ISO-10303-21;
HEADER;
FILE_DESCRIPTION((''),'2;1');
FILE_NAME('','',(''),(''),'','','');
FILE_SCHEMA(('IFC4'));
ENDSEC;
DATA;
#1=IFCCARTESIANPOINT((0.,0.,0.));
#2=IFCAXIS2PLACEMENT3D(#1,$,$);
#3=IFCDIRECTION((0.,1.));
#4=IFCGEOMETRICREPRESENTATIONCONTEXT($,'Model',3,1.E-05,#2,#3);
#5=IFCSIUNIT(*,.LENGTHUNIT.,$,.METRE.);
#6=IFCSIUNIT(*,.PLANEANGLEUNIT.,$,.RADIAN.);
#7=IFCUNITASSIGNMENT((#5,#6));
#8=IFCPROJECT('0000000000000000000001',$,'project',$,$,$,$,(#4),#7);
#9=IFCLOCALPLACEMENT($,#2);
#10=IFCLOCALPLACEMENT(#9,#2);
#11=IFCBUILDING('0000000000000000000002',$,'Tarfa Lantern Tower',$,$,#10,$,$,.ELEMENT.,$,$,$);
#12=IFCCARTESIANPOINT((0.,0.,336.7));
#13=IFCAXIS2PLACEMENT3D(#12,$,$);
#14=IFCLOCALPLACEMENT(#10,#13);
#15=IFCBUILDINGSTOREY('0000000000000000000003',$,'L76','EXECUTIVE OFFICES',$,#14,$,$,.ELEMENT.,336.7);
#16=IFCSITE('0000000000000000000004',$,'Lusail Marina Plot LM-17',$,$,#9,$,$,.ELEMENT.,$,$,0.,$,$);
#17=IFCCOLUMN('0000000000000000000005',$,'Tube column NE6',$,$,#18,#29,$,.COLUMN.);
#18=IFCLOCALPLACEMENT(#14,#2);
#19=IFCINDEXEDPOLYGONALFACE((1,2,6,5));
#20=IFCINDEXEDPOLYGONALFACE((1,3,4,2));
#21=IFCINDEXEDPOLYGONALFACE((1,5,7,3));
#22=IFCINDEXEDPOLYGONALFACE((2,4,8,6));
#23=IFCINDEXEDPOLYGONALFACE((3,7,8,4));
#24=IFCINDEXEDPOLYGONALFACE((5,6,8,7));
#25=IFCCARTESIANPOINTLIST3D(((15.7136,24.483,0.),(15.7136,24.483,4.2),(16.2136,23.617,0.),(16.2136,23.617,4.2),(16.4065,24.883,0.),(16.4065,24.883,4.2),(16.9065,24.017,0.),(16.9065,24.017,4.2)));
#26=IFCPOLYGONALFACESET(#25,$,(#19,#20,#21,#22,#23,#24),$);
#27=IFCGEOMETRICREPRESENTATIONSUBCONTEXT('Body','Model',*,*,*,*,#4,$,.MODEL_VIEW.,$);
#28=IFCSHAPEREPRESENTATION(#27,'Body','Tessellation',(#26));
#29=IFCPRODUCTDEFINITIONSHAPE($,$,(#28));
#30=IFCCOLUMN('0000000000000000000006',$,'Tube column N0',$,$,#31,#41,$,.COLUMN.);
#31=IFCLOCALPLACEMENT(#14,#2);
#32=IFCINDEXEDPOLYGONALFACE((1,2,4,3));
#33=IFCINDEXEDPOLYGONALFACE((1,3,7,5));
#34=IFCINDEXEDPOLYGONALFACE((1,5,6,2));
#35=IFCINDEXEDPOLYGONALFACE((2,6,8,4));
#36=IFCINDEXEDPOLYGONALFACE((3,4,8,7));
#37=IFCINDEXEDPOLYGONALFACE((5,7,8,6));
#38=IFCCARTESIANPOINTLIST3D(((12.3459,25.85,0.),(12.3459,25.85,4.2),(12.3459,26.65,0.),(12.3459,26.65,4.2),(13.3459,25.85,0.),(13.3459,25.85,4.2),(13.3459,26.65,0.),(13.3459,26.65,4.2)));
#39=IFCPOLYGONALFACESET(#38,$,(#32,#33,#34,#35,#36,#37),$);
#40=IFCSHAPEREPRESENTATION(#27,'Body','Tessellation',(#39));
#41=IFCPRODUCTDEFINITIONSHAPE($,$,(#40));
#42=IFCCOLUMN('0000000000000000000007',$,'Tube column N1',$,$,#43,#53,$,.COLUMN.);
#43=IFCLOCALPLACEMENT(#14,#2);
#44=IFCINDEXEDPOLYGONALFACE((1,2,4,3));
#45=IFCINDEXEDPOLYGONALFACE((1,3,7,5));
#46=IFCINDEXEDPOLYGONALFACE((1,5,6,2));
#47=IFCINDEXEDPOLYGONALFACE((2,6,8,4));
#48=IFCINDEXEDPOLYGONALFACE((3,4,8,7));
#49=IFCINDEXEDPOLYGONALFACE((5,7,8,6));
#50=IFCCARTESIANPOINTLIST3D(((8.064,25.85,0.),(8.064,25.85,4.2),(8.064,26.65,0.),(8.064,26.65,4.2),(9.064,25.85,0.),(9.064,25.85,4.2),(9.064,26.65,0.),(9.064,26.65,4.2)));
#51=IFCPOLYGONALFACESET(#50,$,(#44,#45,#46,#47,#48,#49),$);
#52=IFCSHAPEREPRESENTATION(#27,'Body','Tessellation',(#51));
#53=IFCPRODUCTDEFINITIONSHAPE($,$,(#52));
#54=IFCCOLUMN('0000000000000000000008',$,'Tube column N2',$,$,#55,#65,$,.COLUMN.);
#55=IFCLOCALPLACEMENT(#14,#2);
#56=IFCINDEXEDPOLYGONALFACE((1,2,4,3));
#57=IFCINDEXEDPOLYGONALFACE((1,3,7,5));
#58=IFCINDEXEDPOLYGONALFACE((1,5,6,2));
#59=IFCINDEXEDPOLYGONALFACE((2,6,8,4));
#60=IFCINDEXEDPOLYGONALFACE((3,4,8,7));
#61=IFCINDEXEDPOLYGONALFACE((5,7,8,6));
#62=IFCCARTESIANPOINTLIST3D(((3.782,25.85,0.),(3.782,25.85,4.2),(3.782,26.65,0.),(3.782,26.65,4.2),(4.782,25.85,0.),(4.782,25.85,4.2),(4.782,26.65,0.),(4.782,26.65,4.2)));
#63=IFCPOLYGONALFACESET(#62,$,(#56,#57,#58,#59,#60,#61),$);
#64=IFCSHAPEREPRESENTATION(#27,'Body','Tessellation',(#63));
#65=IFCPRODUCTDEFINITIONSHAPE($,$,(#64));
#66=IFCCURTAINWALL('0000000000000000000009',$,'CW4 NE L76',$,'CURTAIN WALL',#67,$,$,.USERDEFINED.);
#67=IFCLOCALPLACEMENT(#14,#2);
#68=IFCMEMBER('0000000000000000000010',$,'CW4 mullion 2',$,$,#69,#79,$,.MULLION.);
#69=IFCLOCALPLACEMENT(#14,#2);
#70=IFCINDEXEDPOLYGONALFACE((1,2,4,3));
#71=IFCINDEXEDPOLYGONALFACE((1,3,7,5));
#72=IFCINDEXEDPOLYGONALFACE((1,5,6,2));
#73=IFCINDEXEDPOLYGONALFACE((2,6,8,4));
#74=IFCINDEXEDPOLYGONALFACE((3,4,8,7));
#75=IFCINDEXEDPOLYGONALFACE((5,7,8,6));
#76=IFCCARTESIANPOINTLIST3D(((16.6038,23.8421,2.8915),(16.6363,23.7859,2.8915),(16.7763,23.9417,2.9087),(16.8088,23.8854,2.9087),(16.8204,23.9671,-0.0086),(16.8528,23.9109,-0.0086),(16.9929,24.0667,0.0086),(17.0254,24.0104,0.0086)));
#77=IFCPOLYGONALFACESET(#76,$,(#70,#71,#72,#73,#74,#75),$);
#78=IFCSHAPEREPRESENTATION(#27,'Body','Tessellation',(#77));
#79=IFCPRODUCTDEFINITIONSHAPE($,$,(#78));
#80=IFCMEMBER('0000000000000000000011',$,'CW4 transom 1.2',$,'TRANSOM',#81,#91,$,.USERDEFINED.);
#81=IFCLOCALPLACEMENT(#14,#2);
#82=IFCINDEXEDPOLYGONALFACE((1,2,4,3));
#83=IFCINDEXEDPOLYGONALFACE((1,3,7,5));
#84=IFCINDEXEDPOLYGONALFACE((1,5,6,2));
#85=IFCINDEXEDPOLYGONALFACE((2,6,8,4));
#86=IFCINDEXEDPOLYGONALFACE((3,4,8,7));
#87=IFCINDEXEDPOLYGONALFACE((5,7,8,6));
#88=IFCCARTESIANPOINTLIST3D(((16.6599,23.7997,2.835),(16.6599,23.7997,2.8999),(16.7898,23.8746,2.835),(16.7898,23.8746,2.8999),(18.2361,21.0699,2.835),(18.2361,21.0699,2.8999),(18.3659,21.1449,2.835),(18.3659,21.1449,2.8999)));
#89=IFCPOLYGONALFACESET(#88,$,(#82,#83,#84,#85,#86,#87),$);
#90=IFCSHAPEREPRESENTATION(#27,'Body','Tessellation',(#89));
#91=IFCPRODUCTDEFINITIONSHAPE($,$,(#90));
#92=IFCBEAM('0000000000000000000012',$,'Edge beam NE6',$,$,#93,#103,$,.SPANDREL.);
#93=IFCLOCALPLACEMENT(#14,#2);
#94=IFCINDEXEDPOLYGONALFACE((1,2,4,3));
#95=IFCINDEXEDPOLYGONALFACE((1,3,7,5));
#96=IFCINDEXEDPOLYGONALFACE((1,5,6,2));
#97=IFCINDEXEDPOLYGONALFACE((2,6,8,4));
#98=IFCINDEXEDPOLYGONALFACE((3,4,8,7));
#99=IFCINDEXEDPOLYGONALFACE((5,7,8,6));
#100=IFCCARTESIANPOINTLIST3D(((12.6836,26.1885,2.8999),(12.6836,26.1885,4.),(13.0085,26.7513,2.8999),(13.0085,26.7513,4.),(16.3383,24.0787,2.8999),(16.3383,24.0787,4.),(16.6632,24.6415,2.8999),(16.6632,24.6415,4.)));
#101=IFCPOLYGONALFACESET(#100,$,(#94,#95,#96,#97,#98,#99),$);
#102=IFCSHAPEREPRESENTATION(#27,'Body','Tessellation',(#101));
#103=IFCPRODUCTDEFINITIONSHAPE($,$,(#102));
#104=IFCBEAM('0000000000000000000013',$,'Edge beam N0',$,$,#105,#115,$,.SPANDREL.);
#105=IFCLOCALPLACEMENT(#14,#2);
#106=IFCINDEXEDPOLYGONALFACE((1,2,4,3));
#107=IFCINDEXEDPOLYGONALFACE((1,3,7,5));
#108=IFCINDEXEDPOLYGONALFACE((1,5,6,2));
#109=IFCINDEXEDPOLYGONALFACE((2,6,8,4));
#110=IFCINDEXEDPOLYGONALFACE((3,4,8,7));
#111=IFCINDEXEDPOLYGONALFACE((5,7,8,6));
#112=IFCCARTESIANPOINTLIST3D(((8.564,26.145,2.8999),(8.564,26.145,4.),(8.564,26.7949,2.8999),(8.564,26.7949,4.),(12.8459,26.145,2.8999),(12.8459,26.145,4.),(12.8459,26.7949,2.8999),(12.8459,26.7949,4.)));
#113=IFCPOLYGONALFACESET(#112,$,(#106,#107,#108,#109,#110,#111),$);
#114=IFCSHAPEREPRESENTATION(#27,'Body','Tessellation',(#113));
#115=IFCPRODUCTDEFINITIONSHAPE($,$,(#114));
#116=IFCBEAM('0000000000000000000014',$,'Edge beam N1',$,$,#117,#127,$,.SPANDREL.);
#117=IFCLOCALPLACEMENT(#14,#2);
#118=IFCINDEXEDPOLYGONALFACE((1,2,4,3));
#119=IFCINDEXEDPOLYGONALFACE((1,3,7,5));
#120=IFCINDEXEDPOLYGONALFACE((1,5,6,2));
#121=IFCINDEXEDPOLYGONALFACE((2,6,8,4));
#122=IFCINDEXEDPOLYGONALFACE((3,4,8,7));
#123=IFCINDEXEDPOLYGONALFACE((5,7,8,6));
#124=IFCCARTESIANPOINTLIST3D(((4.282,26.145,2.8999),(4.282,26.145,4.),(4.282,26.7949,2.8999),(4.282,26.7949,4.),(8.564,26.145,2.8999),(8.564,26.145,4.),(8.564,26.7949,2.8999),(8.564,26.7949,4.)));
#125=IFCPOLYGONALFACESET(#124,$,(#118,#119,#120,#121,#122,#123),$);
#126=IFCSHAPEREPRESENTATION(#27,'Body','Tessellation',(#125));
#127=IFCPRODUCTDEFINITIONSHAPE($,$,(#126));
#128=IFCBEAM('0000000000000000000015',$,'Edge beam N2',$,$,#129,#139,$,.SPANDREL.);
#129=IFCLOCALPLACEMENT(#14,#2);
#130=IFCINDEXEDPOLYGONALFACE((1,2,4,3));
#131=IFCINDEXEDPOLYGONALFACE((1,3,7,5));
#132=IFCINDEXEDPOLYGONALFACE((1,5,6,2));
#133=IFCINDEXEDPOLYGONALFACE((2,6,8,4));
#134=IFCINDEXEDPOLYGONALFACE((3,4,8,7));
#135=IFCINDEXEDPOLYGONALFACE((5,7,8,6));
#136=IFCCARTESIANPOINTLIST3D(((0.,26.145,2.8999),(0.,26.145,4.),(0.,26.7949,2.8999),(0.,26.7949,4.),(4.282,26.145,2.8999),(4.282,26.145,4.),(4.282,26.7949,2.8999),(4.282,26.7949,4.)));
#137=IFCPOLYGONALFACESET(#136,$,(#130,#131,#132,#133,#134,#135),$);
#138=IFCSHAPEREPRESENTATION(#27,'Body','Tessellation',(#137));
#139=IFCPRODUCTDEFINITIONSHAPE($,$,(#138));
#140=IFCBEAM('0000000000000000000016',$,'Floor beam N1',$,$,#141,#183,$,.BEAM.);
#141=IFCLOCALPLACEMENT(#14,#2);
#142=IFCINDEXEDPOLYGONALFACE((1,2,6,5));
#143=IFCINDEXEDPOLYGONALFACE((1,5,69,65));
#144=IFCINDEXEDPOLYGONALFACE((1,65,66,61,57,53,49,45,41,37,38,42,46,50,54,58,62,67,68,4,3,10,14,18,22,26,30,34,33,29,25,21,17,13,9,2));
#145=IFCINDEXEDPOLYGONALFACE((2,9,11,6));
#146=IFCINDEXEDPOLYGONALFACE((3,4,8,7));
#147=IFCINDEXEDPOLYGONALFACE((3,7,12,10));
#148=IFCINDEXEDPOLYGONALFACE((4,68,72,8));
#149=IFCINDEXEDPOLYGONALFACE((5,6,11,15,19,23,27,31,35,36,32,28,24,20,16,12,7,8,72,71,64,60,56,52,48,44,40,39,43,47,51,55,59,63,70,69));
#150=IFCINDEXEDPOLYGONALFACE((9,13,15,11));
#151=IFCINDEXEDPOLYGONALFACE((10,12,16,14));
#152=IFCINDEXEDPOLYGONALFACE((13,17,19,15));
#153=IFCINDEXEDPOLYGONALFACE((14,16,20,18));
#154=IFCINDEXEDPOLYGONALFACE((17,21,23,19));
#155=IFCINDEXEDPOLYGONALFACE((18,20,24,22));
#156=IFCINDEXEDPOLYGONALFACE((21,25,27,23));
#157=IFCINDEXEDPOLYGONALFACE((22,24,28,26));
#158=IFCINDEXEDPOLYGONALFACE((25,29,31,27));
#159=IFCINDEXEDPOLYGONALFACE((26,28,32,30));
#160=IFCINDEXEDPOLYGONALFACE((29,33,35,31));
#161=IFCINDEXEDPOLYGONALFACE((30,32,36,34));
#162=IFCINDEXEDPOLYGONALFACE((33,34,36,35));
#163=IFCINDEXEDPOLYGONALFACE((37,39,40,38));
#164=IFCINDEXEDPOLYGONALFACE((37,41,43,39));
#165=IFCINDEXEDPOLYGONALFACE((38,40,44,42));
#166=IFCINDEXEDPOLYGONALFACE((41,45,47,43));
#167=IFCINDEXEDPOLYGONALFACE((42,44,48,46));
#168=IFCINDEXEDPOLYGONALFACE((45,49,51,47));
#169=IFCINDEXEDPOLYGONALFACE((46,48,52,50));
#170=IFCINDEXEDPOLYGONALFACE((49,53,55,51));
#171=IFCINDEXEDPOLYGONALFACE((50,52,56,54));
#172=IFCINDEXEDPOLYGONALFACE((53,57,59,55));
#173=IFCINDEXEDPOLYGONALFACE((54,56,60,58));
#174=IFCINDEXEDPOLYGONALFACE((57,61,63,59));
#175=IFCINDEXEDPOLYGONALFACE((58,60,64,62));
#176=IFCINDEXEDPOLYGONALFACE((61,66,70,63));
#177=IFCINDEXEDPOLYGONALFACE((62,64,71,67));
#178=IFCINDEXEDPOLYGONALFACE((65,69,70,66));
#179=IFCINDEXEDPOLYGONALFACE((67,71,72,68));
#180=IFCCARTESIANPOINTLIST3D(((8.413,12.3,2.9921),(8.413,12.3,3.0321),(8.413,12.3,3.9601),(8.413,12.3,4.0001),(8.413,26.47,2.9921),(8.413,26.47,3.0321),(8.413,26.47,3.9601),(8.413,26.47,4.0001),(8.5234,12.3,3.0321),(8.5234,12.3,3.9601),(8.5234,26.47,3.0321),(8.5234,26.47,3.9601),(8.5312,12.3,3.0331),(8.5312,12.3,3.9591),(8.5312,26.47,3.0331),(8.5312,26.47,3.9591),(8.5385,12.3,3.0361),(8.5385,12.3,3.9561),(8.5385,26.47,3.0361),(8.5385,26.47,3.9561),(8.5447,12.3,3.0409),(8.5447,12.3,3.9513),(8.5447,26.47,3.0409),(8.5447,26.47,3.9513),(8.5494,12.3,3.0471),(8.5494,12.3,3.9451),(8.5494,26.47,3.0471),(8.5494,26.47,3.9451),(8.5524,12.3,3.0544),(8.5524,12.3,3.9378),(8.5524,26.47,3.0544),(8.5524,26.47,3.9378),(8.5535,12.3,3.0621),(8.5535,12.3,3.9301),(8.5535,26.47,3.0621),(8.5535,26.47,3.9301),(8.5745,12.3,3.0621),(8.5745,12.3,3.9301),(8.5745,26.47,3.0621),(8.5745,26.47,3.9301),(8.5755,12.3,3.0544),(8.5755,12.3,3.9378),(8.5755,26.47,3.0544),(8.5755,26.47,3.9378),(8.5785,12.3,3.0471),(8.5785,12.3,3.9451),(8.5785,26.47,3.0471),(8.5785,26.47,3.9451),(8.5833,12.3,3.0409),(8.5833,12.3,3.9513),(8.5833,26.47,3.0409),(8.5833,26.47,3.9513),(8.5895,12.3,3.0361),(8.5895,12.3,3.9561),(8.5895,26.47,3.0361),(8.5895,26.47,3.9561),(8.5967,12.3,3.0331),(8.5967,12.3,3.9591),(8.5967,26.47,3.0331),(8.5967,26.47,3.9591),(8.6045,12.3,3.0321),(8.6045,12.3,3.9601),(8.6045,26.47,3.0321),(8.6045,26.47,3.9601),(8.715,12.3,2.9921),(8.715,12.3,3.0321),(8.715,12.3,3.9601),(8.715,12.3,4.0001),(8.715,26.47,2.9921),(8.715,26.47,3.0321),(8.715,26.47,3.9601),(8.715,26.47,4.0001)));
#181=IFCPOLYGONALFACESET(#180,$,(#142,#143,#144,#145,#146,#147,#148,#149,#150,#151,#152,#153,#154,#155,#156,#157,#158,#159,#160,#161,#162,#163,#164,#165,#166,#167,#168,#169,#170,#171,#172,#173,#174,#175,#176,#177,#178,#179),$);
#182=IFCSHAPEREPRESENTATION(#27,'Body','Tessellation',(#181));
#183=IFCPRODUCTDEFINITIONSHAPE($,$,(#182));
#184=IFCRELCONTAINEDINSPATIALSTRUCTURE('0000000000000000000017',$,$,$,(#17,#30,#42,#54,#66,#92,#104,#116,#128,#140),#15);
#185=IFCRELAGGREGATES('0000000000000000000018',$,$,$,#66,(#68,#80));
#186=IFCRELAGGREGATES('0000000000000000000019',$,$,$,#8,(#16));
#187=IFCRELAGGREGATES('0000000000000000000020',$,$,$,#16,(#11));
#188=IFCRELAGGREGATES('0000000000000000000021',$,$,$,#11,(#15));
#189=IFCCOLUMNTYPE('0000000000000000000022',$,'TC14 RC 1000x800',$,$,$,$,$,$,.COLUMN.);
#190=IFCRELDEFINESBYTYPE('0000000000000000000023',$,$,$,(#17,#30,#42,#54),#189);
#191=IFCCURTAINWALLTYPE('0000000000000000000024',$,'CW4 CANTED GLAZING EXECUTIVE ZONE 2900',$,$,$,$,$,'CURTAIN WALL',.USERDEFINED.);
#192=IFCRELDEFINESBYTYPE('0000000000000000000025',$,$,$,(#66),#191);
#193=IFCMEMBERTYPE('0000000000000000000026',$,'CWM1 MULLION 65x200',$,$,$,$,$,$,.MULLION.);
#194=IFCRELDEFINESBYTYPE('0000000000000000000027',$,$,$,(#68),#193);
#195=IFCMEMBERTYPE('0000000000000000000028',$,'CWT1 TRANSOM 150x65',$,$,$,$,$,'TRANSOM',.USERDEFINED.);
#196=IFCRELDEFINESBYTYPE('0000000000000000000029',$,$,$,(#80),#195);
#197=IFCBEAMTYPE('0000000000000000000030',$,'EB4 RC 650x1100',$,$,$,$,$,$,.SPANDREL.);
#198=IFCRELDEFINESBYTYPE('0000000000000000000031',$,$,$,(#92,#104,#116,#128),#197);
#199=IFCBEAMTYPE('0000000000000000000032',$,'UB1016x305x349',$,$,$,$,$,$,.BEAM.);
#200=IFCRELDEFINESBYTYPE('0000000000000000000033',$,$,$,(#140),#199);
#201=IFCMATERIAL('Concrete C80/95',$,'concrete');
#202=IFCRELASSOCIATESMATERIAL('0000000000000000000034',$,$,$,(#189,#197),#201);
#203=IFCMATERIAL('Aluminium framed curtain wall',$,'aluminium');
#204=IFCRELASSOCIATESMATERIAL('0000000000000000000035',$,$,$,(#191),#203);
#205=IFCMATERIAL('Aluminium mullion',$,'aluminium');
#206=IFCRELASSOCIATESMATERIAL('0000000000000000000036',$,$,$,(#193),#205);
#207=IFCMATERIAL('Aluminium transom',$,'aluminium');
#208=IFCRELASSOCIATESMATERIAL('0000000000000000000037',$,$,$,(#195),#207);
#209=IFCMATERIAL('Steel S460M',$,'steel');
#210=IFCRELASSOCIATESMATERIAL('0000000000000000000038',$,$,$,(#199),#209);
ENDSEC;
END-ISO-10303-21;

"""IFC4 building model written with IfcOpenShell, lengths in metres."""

from ifc_helpers import new_model, si_unit, direction, frame, origin, origin_2d, place, context, subcontext, project, spatial, rectangle, i_section, extrude, material, material_profile, profile_set, type_object, element, aggregate, save


model = new_model("IFC4")

# Units and contexts
model_context = context("Model", 3, precision=1e-05, world=origin(), true_north=direction((0.0, 1.0)))
body_context = subcontext(model_context, "Body", "Model", "MODEL_VIEW")
ifc_project = project(units=[si_unit("LENGTHUNIT", "METRE"), si_unit("PLANEANGLEUNIT", "RADIAN")], contexts=[model_context])

# Site, building, storey
site_placement = place(None, origin())
site = spatial("IfcSite", under=ifc_project, at=site_placement, Name="Lusail Marina Plot LM-17", CompositionType="ELEMENT", RefElevation=0.0)
building_placement = place(site_placement, origin())
building = spatial("IfcBuilding", under=site, at=building_placement, Name="Tarfa Lantern Tower", CompositionType="ELEMENT")
storey_placement = place(building_placement, frame((0.0, 0.0, 336.7)))
storey = spatial("IfcBuildingStorey", under=building, at=storey_placement, Name="L76", Description="EXECUTIVE OFFICES", CompositionType="ELEMENT", Elevation=336.7)

# Columns
ifc_material_1 = material(Name="Concrete C80/95", Category="concrete")
ifc_material_profile_1 = material_profile(ifc_material_1, rectangle(XDim=1.0, YDim=0.8, at=origin_2d()), Name="RC 1000x800")
ifc_profile_set_1 = profile_set([ifc_material_profile_1], Name="Concrete C80/95")
column_type = type_object("IfcColumnType", Name="TC14 RC 1000x800", PredefinedType="COLUMN", material=ifc_profile_set_1)
for number, where, z_axis, x_axis, name in (
    (1, (16.3101, 24.25, 0.0), (0.0, 0.0, 1.0), (-0.5, 0.866025, 0.0), "Tube column NE6"),
    (2, (12.8459, 26.25, 0.0), (0.0, 0.0, 1.0), (-1.0, 0.0, 0.0), "Tube column N0"),
    (3, (8.564, 26.25, 0.0), (0.0, 0.0, 1.0), (-1.0, 0.0, 0.0), "Tube column N1"),
    (4, (4.282, 26.25, 0.0), (0.0, 0.0, 1.0), (-1.0, 0.0, 0.0), "Tube column N2"),
):
    element("IfcColumn", number, at=place(storey_placement, frame(where, z_axis=z_axis, x_axis=x_axis)), inside=storey, type_object=column_type, Name=name, PredefinedType="COLUMN", context=body_context, shape_type="SweptSolid", body=[
        extrude(rectangle(XDim=1.0, YDim=0.8, at=origin_2d()), origin(), (0.0, 0.0, 1.0), 4.2),
    ])

# Curtain wall, members
ifc_material_2 = material(Name="Aluminium framed curtain wall", Category="aluminium")
curtain_wall_type = type_object("IfcCurtainWallType", Name="CW4 CANTED GLAZING EXECUTIVE ZONE 2900", ElementType="CURTAIN WALL", PredefinedType="USERDEFINED", material=ifc_material_2)
curtain_wall_placement = place(storey_placement, origin())
curtain_wall = element("IfcCurtainWall", 5, at=curtain_wall_placement, inside=storey, type_object=curtain_wall_type, Name="CW4 NE L76", ObjectType="CURTAIN WALL", PredefinedType="USERDEFINED")
ifc_material_3 = material(Name="Aluminium mullion", Category="aluminium")
ifc_material_profile_2 = material_profile(ifc_material_3, rectangle(XDim=0.0649, YDim=0.2, at=origin_2d()), Name="AL MULLION 65x200")
ifc_profile_set_2 = profile_set([ifc_material_profile_2], Name="Aluminium mullion")
member_type_1 = type_object("IfcMemberType", Name="CWM1 MULLION 65x200", PredefinedType="MULLION", material=ifc_profile_set_2)
member_1_placement = place(storey_placement, frame((16.9229, 23.9888, 0.0), z_axis=(-0.074394, -0.042942, 0.996304), x_axis=(0.49992, -0.866072, 0.0)))
member_1 = element("IfcMember", 6, at=member_1_placement, type_object=member_type_1, Name="CW4 mullion 2", PredefinedType="MULLION", context=body_context, shape_type="SweptSolid", body=[
    extrude(rectangle(XDim=0.0649, YDim=0.2, at=origin_2d()), origin(), (0.0, 0.0, 1.0), 2.9109),
])
ifc_material_4 = material(Name="Aluminium transom", Category="aluminium")
ifc_material_profile_3 = material_profile(ifc_material_4, rectangle(XDim=0.1499, YDim=0.0649, at=origin_2d()), Name="AL TRANSOM 150x65")
ifc_profile_set_3 = profile_set([ifc_material_profile_3], Name="Aluminium transom")
member_type_2 = type_object("IfcMemberType", Name="CWT1 TRANSOM 150x65", ElementType="TRANSOM", PredefinedType="USERDEFINED", material=ifc_profile_set_3)
member_2_placement = place(storey_placement, frame((18.301, 21.1074, 2.8674), z_axis=(-0.500038, 0.866004, 0.0), x_axis=(-0.866004, -0.500038, 0.0)))
member_2 = element("IfcMember", 7, at=member_2_placement, type_object=member_type_2, Name="CW4 transom 1.2", ObjectType="TRANSOM", PredefinedType="USERDEFINED", context=body_context, shape_type="SweptSolid", body=[
    extrude(rectangle(XDim=0.1499, YDim=0.0649, at=origin_2d()), origin(), (0.0, 0.0, 1.0), 3.1521),
])
aggregate(curtain_wall, [member_1, member_2])

# Beams
ifc_material_profile_4 = material_profile(ifc_material_1, rectangle(XDim=0.6499, YDim=1.1001, at=origin_2d()), Name="RC 650x1100")
ifc_profile_set_4 = profile_set([ifc_material_profile_4], Name="Concrete C80/95")
beam_type_1 = type_object("IfcBeamType", Name="EB4 RC 650x1100", PredefinedType="SPANDREL", material=ifc_profile_set_4)
beam_1_placement = place(storey_placement, frame((16.5007, 24.3601, 3.45), z_axis=(-0.866049, 0.499959, 0.0), x_axis=(-0.499959, -0.866049, 0.0)))
element("IfcBeam", 8, at=beam_1_placement, inside=storey, type_object=beam_type_1, Name="Edge beam NE6", PredefinedType="SPANDREL", context=body_context, shape_type="SweptSolid", body=[
    extrude(rectangle(XDim=0.6499, YDim=1.1001, at=origin_2d()), origin(), (0.0, 0.0, 1.0), 4.22),
])
for number, where, z_axis, x_axis, name in (
    (9, (12.8459, 26.47, 3.45), (-1.0, 0.0, 0.0), (0.0, -1.0, 0.0), "Edge beam N0"),
    (10, (8.564, 26.47, 3.45), (-1.0, 0.0, 0.0), (0.0, -1.0, 0.0), "Edge beam N1"),
    (11, (4.282, 26.47, 3.45), (-1.0, 0.0, 0.0), (0.0, -1.0, 0.0), "Edge beam N2"),
):
    element("IfcBeam", number, at=place(storey_placement, frame(where, z_axis=z_axis, x_axis=x_axis)), inside=storey, type_object=beam_type_1, Name=name, PredefinedType="SPANDREL", context=body_context, shape_type="SweptSolid", body=[
        extrude(rectangle(XDim=0.6499, YDim=1.1001, at=origin_2d()), origin(), (0.0, 0.0, 1.0), 4.282),
    ])
ifc_material_5 = material(Name="Steel S460M", Category="steel")
ifc_material_profile_5 = material_profile(ifc_material_5, i_section(OverallWidth=0.302, OverallDepth=1.0081, WebThickness=0.021, FlangeThickness=0.04, FilletRadius=0.03, at=origin_2d()), Name="UB1016x305x349")
ifc_profile_set_5 = profile_set([ifc_material_profile_5], Name="Steel S460M")
beam_type_2 = type_object("IfcBeamType", Name="UB1016x305x349", PredefinedType="BEAM", material=ifc_profile_set_5)
for number, where, z_axis, x_axis, name in (
    (12, (8.564, 26.47, 3.4961), (0.0, -1.0, 0.0), (1.0, 0.0, 0.0), "Floor beam N1"),
):
    element("IfcBeam", number, at=place(storey_placement, frame(where, z_axis=z_axis, x_axis=x_axis)), inside=storey, type_object=beam_type_2, Name=name, PredefinedType="BEAM", context=body_context, shape_type="SweptSolid", body=[
        extrude(i_section(OverallWidth=0.302, OverallDepth=1.0081, WebThickness=0.021, FlangeThickness=0.04, FilletRadius=0.03, at=origin_2d()), origin(), (0.0, 0.0, 1.0), 14.1699),
    ])

save(model, "model.ifc")
